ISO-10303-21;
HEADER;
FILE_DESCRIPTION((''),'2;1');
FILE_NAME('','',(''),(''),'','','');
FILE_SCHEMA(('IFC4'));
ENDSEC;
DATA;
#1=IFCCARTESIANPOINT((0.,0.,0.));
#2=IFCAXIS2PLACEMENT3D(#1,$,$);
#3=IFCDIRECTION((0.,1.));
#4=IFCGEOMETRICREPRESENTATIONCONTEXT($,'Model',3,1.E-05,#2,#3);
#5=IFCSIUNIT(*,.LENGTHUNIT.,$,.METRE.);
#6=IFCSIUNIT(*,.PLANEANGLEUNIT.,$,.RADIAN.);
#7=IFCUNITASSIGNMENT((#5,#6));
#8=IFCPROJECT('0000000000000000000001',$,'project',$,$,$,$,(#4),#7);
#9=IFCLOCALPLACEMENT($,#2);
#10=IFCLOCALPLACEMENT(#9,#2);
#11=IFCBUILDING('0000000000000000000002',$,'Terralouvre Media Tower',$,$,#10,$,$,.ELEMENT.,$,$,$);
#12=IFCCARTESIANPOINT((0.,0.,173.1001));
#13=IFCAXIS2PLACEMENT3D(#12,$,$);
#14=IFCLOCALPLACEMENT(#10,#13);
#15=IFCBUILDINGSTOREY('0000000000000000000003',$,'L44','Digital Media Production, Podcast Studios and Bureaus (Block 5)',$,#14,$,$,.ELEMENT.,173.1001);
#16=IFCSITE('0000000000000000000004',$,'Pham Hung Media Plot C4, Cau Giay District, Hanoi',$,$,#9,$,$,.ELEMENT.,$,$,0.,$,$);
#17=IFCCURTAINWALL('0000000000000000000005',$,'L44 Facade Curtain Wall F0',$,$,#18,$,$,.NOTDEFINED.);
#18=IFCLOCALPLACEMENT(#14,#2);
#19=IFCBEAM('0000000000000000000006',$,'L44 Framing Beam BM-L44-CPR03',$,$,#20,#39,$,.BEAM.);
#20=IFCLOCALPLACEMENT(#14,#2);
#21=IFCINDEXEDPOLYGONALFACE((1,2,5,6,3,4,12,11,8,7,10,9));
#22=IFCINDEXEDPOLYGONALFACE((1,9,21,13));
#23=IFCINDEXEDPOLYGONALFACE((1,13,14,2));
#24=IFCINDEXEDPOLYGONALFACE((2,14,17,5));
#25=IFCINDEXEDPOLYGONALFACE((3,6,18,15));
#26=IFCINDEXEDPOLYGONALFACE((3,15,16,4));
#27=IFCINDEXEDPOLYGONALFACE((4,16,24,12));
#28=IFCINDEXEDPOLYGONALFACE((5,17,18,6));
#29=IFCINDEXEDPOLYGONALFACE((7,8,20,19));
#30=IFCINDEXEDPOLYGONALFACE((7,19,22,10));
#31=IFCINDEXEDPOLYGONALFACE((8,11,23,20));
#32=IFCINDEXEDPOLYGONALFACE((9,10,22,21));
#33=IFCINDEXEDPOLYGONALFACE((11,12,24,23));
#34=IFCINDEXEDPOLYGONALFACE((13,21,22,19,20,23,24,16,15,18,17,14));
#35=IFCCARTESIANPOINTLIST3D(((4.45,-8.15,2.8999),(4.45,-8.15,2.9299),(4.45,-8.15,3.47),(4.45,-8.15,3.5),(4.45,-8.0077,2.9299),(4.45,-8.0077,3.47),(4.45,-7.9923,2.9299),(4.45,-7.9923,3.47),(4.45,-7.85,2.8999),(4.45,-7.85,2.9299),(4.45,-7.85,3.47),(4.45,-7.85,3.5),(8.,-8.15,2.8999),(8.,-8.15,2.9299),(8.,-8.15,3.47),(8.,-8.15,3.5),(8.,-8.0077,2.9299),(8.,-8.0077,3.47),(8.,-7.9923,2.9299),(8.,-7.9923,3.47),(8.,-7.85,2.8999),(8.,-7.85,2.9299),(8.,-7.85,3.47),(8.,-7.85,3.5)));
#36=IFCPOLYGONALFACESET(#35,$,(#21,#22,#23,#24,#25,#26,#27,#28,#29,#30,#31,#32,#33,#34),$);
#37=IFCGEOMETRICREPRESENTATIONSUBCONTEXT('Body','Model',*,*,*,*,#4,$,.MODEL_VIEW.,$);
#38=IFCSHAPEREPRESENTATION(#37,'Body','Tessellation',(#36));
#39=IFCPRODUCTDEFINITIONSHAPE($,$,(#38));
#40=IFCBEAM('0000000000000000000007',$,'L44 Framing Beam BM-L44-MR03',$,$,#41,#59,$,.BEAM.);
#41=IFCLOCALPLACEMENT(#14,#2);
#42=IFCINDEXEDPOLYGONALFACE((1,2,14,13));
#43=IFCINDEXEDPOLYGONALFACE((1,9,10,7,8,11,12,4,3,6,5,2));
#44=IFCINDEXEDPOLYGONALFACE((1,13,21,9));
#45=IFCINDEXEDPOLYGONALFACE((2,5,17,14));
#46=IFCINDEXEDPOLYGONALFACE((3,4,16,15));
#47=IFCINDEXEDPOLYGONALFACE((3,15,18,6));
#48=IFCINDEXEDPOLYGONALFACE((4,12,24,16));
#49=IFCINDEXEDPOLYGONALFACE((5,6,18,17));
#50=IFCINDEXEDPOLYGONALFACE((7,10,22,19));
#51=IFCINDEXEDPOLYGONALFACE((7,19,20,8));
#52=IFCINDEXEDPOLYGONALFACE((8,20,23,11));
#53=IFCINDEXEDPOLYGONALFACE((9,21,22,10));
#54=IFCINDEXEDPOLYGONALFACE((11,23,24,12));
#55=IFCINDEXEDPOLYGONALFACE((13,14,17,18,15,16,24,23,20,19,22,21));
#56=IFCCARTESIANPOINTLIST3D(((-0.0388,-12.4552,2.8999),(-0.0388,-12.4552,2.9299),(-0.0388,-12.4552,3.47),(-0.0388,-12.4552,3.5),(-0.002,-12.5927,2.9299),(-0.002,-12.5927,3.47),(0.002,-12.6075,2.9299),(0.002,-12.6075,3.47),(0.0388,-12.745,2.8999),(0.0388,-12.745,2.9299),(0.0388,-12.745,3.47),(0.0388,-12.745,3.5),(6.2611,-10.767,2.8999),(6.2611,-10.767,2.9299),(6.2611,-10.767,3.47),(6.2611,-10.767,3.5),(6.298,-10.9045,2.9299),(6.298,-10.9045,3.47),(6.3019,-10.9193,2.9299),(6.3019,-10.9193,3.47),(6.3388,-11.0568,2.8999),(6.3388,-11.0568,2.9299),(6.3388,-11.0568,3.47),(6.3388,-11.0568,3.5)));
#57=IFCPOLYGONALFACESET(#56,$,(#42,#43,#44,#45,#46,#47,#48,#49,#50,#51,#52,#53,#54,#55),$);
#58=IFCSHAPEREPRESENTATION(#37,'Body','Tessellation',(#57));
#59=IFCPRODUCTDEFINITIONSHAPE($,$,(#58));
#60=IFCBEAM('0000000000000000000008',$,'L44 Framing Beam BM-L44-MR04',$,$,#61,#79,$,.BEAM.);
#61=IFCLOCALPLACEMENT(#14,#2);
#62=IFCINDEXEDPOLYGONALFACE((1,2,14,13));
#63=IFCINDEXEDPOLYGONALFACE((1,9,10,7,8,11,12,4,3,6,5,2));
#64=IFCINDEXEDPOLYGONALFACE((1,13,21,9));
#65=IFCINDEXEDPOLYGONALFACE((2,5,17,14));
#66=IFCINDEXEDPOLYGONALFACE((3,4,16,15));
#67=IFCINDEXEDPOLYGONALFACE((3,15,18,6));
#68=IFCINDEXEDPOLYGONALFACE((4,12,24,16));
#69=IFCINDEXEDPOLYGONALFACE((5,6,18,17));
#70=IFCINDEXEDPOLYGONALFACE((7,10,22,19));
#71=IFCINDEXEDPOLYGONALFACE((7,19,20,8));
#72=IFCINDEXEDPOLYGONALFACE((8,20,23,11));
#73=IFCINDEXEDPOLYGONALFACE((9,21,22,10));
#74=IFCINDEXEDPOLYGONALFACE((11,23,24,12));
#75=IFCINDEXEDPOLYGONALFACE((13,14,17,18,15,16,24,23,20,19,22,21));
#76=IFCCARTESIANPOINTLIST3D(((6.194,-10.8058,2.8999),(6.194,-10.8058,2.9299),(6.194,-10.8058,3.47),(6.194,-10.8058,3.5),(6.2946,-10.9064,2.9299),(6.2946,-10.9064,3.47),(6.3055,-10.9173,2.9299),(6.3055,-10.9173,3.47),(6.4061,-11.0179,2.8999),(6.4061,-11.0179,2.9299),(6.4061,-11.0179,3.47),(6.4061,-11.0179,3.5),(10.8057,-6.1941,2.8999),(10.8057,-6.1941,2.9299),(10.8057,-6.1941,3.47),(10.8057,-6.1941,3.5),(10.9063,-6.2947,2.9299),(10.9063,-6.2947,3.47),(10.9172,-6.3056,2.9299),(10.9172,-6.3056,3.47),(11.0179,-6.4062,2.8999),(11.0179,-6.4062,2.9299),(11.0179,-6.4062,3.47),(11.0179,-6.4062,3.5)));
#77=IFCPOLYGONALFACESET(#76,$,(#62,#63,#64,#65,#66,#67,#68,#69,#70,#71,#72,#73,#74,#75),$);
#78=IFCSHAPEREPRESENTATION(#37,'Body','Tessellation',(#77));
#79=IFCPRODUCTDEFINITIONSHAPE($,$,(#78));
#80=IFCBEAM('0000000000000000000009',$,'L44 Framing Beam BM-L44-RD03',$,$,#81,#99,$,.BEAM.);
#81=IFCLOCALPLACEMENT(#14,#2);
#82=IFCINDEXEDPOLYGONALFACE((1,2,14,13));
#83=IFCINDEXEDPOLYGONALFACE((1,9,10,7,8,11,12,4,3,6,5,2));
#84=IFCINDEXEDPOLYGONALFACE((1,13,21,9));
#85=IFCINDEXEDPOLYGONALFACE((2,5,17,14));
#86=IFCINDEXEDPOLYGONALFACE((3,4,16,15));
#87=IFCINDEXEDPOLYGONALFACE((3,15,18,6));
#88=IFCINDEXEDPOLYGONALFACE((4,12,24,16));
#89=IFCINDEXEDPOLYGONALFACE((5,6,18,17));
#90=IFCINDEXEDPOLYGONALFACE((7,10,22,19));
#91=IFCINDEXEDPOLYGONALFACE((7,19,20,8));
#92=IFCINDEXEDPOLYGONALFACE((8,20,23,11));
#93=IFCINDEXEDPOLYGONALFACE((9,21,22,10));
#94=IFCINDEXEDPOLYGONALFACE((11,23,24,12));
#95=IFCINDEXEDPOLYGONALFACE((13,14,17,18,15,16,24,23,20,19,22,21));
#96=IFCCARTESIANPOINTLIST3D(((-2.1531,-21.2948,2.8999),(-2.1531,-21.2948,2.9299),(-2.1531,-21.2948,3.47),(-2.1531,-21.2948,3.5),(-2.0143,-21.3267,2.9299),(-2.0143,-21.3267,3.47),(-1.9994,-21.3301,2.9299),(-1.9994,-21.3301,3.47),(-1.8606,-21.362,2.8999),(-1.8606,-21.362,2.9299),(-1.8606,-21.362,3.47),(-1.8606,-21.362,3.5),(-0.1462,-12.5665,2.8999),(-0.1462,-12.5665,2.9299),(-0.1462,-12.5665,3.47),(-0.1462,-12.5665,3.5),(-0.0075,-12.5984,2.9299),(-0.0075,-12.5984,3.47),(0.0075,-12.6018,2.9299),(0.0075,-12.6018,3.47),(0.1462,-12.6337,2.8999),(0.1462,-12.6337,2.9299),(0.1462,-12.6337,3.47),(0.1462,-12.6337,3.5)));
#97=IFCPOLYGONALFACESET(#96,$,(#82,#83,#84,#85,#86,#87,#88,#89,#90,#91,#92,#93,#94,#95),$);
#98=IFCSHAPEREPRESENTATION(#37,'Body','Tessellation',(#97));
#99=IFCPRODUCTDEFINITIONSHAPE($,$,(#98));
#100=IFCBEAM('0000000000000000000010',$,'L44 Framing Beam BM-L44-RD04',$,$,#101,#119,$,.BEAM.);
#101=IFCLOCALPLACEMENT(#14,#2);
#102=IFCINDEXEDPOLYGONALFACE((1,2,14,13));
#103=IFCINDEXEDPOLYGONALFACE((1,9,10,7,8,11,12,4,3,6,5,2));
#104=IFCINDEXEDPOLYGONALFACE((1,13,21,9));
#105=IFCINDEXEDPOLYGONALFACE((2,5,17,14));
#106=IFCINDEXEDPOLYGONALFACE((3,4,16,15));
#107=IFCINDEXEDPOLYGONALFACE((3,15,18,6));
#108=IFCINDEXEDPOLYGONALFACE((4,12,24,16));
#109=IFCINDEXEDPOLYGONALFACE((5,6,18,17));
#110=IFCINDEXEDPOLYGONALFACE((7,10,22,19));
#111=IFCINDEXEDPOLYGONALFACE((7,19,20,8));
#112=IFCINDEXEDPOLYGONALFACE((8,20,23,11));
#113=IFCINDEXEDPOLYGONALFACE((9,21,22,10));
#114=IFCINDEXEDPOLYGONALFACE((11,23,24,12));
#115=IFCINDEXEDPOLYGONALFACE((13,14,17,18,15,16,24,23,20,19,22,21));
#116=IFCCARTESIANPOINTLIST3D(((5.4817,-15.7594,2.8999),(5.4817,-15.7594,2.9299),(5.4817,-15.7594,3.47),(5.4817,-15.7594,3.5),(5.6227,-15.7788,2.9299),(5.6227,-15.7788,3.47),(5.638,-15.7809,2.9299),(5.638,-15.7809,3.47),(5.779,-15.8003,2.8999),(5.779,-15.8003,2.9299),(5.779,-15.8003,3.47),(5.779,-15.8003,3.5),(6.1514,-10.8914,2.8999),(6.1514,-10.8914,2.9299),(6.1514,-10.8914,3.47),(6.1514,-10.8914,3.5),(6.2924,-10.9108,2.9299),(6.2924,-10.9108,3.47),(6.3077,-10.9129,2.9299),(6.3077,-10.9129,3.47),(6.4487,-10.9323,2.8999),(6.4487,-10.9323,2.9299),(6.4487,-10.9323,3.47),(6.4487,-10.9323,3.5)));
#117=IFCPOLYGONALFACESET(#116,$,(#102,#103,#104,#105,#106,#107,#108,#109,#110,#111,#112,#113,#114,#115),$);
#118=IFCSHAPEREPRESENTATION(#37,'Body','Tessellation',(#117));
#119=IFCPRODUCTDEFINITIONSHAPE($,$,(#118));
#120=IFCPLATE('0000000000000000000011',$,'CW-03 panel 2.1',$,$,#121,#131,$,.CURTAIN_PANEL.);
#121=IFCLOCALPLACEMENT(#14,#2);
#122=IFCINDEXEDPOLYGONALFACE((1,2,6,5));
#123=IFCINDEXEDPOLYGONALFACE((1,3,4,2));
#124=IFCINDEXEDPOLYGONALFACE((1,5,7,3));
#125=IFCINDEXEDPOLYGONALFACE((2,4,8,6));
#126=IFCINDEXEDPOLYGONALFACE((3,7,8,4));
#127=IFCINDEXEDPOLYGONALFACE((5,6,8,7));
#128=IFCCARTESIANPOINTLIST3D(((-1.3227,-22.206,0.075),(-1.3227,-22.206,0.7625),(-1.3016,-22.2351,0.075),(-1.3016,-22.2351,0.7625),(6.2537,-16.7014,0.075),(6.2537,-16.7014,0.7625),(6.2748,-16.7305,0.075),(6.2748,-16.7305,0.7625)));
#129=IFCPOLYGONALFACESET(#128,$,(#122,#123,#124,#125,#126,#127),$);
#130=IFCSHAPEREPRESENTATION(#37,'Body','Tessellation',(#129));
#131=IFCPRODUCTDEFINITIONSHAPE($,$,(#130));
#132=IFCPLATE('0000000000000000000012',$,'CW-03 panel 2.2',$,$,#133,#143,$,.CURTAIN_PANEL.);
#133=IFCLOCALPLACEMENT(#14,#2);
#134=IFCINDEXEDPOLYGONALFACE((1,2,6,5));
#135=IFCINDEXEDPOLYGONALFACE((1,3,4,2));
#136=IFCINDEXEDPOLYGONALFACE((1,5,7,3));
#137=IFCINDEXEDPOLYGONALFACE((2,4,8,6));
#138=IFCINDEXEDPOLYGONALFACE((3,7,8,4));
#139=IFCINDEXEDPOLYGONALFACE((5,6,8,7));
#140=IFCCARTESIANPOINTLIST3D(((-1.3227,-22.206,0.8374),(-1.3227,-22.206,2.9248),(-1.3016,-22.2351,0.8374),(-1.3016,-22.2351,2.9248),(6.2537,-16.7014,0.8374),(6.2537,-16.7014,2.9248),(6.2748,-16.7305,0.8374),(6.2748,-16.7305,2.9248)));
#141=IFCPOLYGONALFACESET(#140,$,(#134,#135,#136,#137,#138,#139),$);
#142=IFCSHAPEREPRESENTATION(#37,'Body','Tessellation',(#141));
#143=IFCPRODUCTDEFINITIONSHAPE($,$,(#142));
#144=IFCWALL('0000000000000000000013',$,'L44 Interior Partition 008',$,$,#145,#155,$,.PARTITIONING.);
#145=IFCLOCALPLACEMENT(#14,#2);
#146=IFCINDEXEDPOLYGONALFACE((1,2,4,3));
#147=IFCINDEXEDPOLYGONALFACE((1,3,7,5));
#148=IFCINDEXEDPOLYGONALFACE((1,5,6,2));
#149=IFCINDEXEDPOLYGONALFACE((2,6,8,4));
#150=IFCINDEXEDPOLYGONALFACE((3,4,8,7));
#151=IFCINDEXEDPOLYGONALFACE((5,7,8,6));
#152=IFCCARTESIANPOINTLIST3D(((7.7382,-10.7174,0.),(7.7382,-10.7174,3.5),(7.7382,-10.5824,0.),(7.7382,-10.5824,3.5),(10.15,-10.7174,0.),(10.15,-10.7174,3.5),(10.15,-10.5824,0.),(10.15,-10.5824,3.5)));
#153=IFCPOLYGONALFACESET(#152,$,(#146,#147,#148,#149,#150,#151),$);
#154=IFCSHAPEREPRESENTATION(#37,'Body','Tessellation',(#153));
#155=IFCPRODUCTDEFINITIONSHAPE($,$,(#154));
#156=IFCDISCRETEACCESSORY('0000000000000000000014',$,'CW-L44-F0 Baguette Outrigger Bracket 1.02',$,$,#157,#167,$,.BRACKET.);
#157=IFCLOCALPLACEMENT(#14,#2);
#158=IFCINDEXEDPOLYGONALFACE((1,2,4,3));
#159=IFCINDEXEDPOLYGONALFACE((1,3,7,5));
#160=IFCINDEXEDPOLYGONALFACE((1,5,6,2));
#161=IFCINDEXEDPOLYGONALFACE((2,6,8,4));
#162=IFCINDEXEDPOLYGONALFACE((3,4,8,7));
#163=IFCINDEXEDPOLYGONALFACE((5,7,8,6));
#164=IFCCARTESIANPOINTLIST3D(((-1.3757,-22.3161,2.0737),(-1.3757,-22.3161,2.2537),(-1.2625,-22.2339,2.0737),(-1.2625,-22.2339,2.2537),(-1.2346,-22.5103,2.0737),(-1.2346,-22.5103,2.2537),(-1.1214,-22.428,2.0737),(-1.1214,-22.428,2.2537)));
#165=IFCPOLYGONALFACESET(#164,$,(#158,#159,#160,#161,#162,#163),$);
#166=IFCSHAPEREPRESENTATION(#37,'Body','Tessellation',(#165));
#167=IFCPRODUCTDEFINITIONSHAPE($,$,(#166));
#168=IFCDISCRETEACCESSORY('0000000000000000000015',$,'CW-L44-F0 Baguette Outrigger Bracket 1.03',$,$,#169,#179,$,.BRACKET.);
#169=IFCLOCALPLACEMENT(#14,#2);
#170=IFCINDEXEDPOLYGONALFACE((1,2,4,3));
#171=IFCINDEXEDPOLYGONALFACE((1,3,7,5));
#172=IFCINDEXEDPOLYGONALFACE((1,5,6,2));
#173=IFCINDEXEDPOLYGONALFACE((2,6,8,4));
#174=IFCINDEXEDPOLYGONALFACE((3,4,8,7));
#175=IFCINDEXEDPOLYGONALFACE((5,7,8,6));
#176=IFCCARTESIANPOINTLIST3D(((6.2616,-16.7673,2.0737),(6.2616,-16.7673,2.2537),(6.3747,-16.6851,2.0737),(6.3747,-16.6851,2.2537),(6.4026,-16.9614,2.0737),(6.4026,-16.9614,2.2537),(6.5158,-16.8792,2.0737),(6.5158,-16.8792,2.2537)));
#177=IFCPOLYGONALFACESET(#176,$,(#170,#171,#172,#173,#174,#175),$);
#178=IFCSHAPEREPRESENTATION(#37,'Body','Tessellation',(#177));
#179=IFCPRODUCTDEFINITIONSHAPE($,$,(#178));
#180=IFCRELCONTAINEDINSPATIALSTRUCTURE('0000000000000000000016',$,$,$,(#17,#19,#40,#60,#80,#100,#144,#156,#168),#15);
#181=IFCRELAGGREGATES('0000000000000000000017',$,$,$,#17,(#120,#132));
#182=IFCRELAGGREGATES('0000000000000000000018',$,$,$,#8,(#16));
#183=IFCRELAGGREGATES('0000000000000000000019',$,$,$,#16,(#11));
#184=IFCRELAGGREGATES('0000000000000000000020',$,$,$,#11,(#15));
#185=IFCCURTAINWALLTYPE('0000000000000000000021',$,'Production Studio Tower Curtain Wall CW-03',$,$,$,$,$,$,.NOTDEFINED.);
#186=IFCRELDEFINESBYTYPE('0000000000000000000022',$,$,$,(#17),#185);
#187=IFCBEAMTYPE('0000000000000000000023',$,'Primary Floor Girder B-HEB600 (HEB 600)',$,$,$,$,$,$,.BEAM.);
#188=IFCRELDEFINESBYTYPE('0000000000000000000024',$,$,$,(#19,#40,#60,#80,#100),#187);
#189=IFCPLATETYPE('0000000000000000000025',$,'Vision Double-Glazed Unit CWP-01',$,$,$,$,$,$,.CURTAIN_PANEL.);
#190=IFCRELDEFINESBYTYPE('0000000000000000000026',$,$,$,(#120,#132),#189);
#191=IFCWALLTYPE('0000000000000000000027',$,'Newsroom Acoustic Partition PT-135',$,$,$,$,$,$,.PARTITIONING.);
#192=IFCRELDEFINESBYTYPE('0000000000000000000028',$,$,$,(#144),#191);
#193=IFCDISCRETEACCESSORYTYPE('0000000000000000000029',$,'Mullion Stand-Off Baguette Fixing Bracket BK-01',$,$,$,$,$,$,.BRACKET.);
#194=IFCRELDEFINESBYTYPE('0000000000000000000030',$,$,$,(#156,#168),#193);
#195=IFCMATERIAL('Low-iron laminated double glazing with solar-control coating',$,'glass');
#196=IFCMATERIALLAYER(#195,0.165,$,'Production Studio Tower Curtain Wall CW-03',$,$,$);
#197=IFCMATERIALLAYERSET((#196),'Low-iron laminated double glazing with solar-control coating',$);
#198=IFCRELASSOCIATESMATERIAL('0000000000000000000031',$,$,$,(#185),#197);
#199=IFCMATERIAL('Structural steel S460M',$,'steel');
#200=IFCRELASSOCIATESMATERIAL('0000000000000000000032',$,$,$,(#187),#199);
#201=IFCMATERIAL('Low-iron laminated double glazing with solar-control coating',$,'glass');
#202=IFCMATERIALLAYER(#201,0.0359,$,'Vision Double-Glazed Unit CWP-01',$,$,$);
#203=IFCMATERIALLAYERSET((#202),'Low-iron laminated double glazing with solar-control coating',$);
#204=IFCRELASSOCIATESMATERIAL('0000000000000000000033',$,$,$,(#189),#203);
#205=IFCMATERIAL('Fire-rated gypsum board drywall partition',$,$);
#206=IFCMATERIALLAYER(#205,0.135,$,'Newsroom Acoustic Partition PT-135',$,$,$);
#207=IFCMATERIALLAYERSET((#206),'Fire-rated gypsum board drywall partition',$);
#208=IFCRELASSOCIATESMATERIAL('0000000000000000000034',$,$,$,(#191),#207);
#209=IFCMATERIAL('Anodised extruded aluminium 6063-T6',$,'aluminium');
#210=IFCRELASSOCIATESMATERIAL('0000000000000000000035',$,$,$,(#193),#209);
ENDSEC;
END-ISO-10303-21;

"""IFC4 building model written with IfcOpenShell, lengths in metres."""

from ifc_helpers import new_model, si_unit, direction, frame, frame_2d, origin, origin_2d, place, context, subcontext, project, spatial, rectangle, i_section, extrude, material, layer, layer_set, material_profile, profile_set, type_object, element, aggregate, save


model = new_model("IFC4")

# Units and contexts
model_context = context("Model", 3, precision=1e-05, world=origin(), true_north=direction((0.0, 1.0)))
body_context = subcontext(model_context, "Body", "Model", "MODEL_VIEW")
ifc_project = project(units=[si_unit("LENGTHUNIT", "METRE"), si_unit("PLANEANGLEUNIT", "RADIAN")], contexts=[model_context])

# Site, building, storey
site_placement = place(None, origin())
site = spatial("IfcSite", under=ifc_project, at=site_placement, Name="Pham Hung Media Plot C4, Cau Giay District, Hanoi", CompositionType="ELEMENT", RefElevation=0.0)
building_placement = place(site_placement, origin())
building = spatial("IfcBuilding", under=site, at=building_placement, Name="Terralouvre Media Tower", CompositionType="ELEMENT")
storey_placement = place(building_placement, frame((0.0, 0.0, 173.1001)))
storey = spatial("IfcBuildingStorey", under=building, at=storey_placement, Name="L44", Description="Digital Media Production, Podcast Studios and Bureaus (Block 5)", CompositionType="ELEMENT", Elevation=173.1001)

# Curtain wall
ifc_material_1 = material(Name="Low-iron laminated double glazing with solar-control coating", Category="glass")
ifc_layer_1 = layer(ifc_material_1, 0.165, Name="Production Studio Tower Curtain Wall CW-03")
ifc_layer_set_1 = layer_set([ifc_layer_1], Name="Low-iron laminated double glazing with solar-control coating")
curtain_wall_type = type_object("IfcCurtainWallType", Name="Production Studio Tower Curtain Wall CW-03", PredefinedType="NOTDEFINED", material=ifc_layer_set_1)
curtain_wall_placement = place(storey_placement, origin())
curtain_wall = element("IfcCurtainWall", 1, at=curtain_wall_placement, inside=storey, type_object=curtain_wall_type, Name="L44 Facade Curtain Wall F0", PredefinedType="NOTDEFINED")

# Beams
ifc_material_2 = material(Name="Structural steel S460M", Category="steel")
ifc_material_profile_1 = material_profile(ifc_material_2, i_section(OverallWidth=0.3, OverallDepth=0.6001, WebThickness=0.0154, FlangeThickness=0.03, at=origin_2d()), Name="HEB 600")
ifc_profile_set_1 = profile_set([ifc_material_profile_1], Name="Structural steel S460M")
beam_type_1 = type_object("IfcBeamType", Name="Primary Floor Girder B-HEB600 (HEB 600)", PredefinedType="BEAM", material=ifc_profile_set_1)
beam_1_placement = place(storey_placement, frame((4.45, -8.0, 3.2), z_axis=(1.0, 0.0, 0.0), x_axis=(0.0, 1.0, 0.0)))
element("IfcBeam", 2, at=beam_1_placement, inside=storey, type_object=beam_type_1, Name="L44 Framing Beam BM-L44-CPR03", PredefinedType="BEAM", context=body_context, shape_type="SweptSolid", body=[
    extrude(i_section(OverallWidth=0.3, OverallDepth=0.6001, WebThickness=0.0154, FlangeThickness=0.03, at=origin_2d()), origin(), (0.0, 0.0, 1.0), 3.55),
])
beam_2_placement = place(storey_placement, frame((0.0, -12.6001, 3.2), z_axis=(0.96592, 0.258839, 0.0), x_axis=(-0.258839, 0.96592, 0.0)))
element("IfcBeam", 3, at=beam_2_placement, inside=storey, type_object=beam_type_1, Name="L44 Framing Beam BM-L44-MR03", PredefinedType="BEAM", context=body_context, shape_type="SweptSolid", body=[
    extrude(i_section(OverallWidth=0.3, OverallDepth=0.6001, WebThickness=0.0154, FlangeThickness=0.03, at=origin_2d()), origin(), (0.0, 0.0, 1.0), 6.5222),
])
beam_3_placement = place(storey_placement, frame((6.3, -10.9119, 3.2), z_axis=(0.707107, 0.707107, 0.0), x_axis=(-0.707107, 0.707107, 0.0)))
element("IfcBeam", 4, at=beam_3_placement, inside=storey, type_object=beam_type_1, Name="L44 Framing Beam BM-L44-MR04", PredefinedType="BEAM", context=body_context, shape_type="SweptSolid", body=[
    extrude(i_section(OverallWidth=0.3, OverallDepth=0.6001, WebThickness=0.0154, FlangeThickness=0.03, at=origin_2d()), origin(), (0.0, 0.0, 1.0), 6.522),
])
beam_4_placement = place(storey_placement, frame((0.0, -12.6001, 3.2), z_axis=(-0.224077, -0.974571, 0.0), x_axis=(0.974571, -0.224077, 0.0)))
element("IfcBeam", 5, at=beam_4_placement, inside=storey, type_object=beam_type_1, Name="L44 Framing Beam BM-L44-RD03", PredefinedType="BEAM", context=body_context, shape_type="SweptSolid", body=[
    extrude(i_section(OverallWidth=0.3, OverallDepth=0.6001, WebThickness=0.0154, FlangeThickness=0.03, at=origin_2d()), origin(), (0.0, 0.0, 1.0), 8.9561),
])
beam_5_placement = place(storey_placement, frame((6.3, -10.9119, 3.2), z_axis=(-0.136286, -0.99067, 0.0), x_axis=(0.99067, -0.136286, 0.0)))
element("IfcBeam", 6, at=beam_5_placement, inside=storey, type_object=beam_type_1, Name="L44 Framing Beam BM-L44-RD04", PredefinedType="BEAM", context=body_context, shape_type="SweptSolid", body=[
    extrude(i_section(OverallWidth=0.3, OverallDepth=0.6001, WebThickness=0.0154, FlangeThickness=0.03, at=origin_2d()), origin(), (0.0, 0.0, 1.0), 4.9138),
])

# Plates
ifc_material_3 = material(Name="Low-iron laminated double glazing with solar-control coating", Category="glass")
ifc_layer_2 = layer(ifc_material_3, 0.0359, Name="Vision Double-Glazed Unit CWP-01")
ifc_layer_set_2 = layer_set([ifc_layer_2], Name="Low-iron laminated double glazing with solar-control coating")
plate_type = type_object("IfcPlateType", Name="Vision Double-Glazed Unit CWP-01", PredefinedType="CURTAIN_PANEL", material=ifc_layer_set_2)
plate_1_placement = place(storey_placement, frame((2.4761, -19.4683, 0.075), z_axis=(0.0, 0.0, 1.0), x_axis=(0.809017, 0.587785, 0.0)))
plate_1 = element("IfcPlate", 7, at=plate_1_placement, type_object=plate_type, Name="CW-03 panel 2.1", PredefinedType="CURTAIN_PANEL", context=body_context, shape_type="SweptSolid", body=[
    extrude(rectangle(XDim=9.365, YDim=0.0359, at=origin_2d()), origin(), (0.0, 0.0, 1.0), 0.6875),
])
plate_2_placement = place(storey_placement, frame((2.4761, -19.4683, 0.8374), z_axis=(0.0, 0.0, 1.0), x_axis=(0.809017, 0.587785, 0.0)))
plate_2 = element("IfcPlate", 8, at=plate_2_placement, type_object=plate_type, Name="CW-03 panel 2.2", PredefinedType="CURTAIN_PANEL", context=body_context, shape_type="SweptSolid", body=[
    extrude(rectangle(XDim=9.365, YDim=0.0359, at=origin_2d()), origin(), (0.0, 0.0, 1.0), 2.0874),
])
aggregate(curtain_wall, [plate_1, plate_2])

# Wall
ifc_material_4 = material(Name="Fire-rated gypsum board drywall partition")
ifc_layer_3 = layer(ifc_material_4, 0.135, Name="Newsroom Acoustic Partition PT-135")
ifc_layer_set_3 = layer_set([ifc_layer_3], Name="Fire-rated gypsum board drywall partition")
wall_type = type_object("IfcWallType", Name="Newsroom Acoustic Partition PT-135", PredefinedType="PARTITIONING", material=ifc_layer_set_3)
wall_placement = place(storey_placement, frame((7.738, -10.6499, 0.0), z_axis=(0.0, 0.0, 1.0), x_axis=(1.0, 0.0, 0.0)))
element("IfcWall", 9, at=wall_placement, inside=storey, type_object=wall_type, Name="L44 Interior Partition 008", PredefinedType="PARTITIONING", context=body_context, shape_type="SweptSolid", body=[
    extrude(rectangle(XDim=2.4119, YDim=0.135, at=frame_2d((1.2061, 0.0))), origin(), (0.0, 0.0, 1.0), 3.5),
])

# Discrete accessories
ifc_material_5 = material(Name="Anodised extruded aluminium 6063-T6", Category="aluminium")
discrete_accessory_type = type_object("IfcDiscreteAccessoryType", Name="Mullion Stand-Off Baguette Fixing Bracket BK-01", PredefinedType="BRACKET", material=ifc_material_5)
for number, where, z_axis, x_axis, name in (
    (10, (-1.2485, -22.3721, 2.0737), (0.0, 0.0, 1.0), (0.809017, 0.587785, 0.0), "CW-L44-F0 Baguette Outrigger Bracket 1.02"),
    (11, (6.3887, -16.8232, 2.0737), (0.0, 0.0, 1.0), (0.809017, 0.587785, 0.0), "CW-L44-F0 Baguette Outrigger Bracket 1.03"),
):
    element("IfcDiscreteAccessory", number, at=place(storey_placement, frame(where, z_axis=z_axis, x_axis=x_axis)), inside=storey, type_object=discrete_accessory_type, Name=name, PredefinedType="BRACKET", context=body_context, shape_type="SweptSolid", body=[
        extrude(rectangle(XDim=0.1399, YDim=0.24, at=origin_2d()), origin(), (0.0, 0.0, 1.0), 0.1799),
    ])

save(model, "model.ifc")
